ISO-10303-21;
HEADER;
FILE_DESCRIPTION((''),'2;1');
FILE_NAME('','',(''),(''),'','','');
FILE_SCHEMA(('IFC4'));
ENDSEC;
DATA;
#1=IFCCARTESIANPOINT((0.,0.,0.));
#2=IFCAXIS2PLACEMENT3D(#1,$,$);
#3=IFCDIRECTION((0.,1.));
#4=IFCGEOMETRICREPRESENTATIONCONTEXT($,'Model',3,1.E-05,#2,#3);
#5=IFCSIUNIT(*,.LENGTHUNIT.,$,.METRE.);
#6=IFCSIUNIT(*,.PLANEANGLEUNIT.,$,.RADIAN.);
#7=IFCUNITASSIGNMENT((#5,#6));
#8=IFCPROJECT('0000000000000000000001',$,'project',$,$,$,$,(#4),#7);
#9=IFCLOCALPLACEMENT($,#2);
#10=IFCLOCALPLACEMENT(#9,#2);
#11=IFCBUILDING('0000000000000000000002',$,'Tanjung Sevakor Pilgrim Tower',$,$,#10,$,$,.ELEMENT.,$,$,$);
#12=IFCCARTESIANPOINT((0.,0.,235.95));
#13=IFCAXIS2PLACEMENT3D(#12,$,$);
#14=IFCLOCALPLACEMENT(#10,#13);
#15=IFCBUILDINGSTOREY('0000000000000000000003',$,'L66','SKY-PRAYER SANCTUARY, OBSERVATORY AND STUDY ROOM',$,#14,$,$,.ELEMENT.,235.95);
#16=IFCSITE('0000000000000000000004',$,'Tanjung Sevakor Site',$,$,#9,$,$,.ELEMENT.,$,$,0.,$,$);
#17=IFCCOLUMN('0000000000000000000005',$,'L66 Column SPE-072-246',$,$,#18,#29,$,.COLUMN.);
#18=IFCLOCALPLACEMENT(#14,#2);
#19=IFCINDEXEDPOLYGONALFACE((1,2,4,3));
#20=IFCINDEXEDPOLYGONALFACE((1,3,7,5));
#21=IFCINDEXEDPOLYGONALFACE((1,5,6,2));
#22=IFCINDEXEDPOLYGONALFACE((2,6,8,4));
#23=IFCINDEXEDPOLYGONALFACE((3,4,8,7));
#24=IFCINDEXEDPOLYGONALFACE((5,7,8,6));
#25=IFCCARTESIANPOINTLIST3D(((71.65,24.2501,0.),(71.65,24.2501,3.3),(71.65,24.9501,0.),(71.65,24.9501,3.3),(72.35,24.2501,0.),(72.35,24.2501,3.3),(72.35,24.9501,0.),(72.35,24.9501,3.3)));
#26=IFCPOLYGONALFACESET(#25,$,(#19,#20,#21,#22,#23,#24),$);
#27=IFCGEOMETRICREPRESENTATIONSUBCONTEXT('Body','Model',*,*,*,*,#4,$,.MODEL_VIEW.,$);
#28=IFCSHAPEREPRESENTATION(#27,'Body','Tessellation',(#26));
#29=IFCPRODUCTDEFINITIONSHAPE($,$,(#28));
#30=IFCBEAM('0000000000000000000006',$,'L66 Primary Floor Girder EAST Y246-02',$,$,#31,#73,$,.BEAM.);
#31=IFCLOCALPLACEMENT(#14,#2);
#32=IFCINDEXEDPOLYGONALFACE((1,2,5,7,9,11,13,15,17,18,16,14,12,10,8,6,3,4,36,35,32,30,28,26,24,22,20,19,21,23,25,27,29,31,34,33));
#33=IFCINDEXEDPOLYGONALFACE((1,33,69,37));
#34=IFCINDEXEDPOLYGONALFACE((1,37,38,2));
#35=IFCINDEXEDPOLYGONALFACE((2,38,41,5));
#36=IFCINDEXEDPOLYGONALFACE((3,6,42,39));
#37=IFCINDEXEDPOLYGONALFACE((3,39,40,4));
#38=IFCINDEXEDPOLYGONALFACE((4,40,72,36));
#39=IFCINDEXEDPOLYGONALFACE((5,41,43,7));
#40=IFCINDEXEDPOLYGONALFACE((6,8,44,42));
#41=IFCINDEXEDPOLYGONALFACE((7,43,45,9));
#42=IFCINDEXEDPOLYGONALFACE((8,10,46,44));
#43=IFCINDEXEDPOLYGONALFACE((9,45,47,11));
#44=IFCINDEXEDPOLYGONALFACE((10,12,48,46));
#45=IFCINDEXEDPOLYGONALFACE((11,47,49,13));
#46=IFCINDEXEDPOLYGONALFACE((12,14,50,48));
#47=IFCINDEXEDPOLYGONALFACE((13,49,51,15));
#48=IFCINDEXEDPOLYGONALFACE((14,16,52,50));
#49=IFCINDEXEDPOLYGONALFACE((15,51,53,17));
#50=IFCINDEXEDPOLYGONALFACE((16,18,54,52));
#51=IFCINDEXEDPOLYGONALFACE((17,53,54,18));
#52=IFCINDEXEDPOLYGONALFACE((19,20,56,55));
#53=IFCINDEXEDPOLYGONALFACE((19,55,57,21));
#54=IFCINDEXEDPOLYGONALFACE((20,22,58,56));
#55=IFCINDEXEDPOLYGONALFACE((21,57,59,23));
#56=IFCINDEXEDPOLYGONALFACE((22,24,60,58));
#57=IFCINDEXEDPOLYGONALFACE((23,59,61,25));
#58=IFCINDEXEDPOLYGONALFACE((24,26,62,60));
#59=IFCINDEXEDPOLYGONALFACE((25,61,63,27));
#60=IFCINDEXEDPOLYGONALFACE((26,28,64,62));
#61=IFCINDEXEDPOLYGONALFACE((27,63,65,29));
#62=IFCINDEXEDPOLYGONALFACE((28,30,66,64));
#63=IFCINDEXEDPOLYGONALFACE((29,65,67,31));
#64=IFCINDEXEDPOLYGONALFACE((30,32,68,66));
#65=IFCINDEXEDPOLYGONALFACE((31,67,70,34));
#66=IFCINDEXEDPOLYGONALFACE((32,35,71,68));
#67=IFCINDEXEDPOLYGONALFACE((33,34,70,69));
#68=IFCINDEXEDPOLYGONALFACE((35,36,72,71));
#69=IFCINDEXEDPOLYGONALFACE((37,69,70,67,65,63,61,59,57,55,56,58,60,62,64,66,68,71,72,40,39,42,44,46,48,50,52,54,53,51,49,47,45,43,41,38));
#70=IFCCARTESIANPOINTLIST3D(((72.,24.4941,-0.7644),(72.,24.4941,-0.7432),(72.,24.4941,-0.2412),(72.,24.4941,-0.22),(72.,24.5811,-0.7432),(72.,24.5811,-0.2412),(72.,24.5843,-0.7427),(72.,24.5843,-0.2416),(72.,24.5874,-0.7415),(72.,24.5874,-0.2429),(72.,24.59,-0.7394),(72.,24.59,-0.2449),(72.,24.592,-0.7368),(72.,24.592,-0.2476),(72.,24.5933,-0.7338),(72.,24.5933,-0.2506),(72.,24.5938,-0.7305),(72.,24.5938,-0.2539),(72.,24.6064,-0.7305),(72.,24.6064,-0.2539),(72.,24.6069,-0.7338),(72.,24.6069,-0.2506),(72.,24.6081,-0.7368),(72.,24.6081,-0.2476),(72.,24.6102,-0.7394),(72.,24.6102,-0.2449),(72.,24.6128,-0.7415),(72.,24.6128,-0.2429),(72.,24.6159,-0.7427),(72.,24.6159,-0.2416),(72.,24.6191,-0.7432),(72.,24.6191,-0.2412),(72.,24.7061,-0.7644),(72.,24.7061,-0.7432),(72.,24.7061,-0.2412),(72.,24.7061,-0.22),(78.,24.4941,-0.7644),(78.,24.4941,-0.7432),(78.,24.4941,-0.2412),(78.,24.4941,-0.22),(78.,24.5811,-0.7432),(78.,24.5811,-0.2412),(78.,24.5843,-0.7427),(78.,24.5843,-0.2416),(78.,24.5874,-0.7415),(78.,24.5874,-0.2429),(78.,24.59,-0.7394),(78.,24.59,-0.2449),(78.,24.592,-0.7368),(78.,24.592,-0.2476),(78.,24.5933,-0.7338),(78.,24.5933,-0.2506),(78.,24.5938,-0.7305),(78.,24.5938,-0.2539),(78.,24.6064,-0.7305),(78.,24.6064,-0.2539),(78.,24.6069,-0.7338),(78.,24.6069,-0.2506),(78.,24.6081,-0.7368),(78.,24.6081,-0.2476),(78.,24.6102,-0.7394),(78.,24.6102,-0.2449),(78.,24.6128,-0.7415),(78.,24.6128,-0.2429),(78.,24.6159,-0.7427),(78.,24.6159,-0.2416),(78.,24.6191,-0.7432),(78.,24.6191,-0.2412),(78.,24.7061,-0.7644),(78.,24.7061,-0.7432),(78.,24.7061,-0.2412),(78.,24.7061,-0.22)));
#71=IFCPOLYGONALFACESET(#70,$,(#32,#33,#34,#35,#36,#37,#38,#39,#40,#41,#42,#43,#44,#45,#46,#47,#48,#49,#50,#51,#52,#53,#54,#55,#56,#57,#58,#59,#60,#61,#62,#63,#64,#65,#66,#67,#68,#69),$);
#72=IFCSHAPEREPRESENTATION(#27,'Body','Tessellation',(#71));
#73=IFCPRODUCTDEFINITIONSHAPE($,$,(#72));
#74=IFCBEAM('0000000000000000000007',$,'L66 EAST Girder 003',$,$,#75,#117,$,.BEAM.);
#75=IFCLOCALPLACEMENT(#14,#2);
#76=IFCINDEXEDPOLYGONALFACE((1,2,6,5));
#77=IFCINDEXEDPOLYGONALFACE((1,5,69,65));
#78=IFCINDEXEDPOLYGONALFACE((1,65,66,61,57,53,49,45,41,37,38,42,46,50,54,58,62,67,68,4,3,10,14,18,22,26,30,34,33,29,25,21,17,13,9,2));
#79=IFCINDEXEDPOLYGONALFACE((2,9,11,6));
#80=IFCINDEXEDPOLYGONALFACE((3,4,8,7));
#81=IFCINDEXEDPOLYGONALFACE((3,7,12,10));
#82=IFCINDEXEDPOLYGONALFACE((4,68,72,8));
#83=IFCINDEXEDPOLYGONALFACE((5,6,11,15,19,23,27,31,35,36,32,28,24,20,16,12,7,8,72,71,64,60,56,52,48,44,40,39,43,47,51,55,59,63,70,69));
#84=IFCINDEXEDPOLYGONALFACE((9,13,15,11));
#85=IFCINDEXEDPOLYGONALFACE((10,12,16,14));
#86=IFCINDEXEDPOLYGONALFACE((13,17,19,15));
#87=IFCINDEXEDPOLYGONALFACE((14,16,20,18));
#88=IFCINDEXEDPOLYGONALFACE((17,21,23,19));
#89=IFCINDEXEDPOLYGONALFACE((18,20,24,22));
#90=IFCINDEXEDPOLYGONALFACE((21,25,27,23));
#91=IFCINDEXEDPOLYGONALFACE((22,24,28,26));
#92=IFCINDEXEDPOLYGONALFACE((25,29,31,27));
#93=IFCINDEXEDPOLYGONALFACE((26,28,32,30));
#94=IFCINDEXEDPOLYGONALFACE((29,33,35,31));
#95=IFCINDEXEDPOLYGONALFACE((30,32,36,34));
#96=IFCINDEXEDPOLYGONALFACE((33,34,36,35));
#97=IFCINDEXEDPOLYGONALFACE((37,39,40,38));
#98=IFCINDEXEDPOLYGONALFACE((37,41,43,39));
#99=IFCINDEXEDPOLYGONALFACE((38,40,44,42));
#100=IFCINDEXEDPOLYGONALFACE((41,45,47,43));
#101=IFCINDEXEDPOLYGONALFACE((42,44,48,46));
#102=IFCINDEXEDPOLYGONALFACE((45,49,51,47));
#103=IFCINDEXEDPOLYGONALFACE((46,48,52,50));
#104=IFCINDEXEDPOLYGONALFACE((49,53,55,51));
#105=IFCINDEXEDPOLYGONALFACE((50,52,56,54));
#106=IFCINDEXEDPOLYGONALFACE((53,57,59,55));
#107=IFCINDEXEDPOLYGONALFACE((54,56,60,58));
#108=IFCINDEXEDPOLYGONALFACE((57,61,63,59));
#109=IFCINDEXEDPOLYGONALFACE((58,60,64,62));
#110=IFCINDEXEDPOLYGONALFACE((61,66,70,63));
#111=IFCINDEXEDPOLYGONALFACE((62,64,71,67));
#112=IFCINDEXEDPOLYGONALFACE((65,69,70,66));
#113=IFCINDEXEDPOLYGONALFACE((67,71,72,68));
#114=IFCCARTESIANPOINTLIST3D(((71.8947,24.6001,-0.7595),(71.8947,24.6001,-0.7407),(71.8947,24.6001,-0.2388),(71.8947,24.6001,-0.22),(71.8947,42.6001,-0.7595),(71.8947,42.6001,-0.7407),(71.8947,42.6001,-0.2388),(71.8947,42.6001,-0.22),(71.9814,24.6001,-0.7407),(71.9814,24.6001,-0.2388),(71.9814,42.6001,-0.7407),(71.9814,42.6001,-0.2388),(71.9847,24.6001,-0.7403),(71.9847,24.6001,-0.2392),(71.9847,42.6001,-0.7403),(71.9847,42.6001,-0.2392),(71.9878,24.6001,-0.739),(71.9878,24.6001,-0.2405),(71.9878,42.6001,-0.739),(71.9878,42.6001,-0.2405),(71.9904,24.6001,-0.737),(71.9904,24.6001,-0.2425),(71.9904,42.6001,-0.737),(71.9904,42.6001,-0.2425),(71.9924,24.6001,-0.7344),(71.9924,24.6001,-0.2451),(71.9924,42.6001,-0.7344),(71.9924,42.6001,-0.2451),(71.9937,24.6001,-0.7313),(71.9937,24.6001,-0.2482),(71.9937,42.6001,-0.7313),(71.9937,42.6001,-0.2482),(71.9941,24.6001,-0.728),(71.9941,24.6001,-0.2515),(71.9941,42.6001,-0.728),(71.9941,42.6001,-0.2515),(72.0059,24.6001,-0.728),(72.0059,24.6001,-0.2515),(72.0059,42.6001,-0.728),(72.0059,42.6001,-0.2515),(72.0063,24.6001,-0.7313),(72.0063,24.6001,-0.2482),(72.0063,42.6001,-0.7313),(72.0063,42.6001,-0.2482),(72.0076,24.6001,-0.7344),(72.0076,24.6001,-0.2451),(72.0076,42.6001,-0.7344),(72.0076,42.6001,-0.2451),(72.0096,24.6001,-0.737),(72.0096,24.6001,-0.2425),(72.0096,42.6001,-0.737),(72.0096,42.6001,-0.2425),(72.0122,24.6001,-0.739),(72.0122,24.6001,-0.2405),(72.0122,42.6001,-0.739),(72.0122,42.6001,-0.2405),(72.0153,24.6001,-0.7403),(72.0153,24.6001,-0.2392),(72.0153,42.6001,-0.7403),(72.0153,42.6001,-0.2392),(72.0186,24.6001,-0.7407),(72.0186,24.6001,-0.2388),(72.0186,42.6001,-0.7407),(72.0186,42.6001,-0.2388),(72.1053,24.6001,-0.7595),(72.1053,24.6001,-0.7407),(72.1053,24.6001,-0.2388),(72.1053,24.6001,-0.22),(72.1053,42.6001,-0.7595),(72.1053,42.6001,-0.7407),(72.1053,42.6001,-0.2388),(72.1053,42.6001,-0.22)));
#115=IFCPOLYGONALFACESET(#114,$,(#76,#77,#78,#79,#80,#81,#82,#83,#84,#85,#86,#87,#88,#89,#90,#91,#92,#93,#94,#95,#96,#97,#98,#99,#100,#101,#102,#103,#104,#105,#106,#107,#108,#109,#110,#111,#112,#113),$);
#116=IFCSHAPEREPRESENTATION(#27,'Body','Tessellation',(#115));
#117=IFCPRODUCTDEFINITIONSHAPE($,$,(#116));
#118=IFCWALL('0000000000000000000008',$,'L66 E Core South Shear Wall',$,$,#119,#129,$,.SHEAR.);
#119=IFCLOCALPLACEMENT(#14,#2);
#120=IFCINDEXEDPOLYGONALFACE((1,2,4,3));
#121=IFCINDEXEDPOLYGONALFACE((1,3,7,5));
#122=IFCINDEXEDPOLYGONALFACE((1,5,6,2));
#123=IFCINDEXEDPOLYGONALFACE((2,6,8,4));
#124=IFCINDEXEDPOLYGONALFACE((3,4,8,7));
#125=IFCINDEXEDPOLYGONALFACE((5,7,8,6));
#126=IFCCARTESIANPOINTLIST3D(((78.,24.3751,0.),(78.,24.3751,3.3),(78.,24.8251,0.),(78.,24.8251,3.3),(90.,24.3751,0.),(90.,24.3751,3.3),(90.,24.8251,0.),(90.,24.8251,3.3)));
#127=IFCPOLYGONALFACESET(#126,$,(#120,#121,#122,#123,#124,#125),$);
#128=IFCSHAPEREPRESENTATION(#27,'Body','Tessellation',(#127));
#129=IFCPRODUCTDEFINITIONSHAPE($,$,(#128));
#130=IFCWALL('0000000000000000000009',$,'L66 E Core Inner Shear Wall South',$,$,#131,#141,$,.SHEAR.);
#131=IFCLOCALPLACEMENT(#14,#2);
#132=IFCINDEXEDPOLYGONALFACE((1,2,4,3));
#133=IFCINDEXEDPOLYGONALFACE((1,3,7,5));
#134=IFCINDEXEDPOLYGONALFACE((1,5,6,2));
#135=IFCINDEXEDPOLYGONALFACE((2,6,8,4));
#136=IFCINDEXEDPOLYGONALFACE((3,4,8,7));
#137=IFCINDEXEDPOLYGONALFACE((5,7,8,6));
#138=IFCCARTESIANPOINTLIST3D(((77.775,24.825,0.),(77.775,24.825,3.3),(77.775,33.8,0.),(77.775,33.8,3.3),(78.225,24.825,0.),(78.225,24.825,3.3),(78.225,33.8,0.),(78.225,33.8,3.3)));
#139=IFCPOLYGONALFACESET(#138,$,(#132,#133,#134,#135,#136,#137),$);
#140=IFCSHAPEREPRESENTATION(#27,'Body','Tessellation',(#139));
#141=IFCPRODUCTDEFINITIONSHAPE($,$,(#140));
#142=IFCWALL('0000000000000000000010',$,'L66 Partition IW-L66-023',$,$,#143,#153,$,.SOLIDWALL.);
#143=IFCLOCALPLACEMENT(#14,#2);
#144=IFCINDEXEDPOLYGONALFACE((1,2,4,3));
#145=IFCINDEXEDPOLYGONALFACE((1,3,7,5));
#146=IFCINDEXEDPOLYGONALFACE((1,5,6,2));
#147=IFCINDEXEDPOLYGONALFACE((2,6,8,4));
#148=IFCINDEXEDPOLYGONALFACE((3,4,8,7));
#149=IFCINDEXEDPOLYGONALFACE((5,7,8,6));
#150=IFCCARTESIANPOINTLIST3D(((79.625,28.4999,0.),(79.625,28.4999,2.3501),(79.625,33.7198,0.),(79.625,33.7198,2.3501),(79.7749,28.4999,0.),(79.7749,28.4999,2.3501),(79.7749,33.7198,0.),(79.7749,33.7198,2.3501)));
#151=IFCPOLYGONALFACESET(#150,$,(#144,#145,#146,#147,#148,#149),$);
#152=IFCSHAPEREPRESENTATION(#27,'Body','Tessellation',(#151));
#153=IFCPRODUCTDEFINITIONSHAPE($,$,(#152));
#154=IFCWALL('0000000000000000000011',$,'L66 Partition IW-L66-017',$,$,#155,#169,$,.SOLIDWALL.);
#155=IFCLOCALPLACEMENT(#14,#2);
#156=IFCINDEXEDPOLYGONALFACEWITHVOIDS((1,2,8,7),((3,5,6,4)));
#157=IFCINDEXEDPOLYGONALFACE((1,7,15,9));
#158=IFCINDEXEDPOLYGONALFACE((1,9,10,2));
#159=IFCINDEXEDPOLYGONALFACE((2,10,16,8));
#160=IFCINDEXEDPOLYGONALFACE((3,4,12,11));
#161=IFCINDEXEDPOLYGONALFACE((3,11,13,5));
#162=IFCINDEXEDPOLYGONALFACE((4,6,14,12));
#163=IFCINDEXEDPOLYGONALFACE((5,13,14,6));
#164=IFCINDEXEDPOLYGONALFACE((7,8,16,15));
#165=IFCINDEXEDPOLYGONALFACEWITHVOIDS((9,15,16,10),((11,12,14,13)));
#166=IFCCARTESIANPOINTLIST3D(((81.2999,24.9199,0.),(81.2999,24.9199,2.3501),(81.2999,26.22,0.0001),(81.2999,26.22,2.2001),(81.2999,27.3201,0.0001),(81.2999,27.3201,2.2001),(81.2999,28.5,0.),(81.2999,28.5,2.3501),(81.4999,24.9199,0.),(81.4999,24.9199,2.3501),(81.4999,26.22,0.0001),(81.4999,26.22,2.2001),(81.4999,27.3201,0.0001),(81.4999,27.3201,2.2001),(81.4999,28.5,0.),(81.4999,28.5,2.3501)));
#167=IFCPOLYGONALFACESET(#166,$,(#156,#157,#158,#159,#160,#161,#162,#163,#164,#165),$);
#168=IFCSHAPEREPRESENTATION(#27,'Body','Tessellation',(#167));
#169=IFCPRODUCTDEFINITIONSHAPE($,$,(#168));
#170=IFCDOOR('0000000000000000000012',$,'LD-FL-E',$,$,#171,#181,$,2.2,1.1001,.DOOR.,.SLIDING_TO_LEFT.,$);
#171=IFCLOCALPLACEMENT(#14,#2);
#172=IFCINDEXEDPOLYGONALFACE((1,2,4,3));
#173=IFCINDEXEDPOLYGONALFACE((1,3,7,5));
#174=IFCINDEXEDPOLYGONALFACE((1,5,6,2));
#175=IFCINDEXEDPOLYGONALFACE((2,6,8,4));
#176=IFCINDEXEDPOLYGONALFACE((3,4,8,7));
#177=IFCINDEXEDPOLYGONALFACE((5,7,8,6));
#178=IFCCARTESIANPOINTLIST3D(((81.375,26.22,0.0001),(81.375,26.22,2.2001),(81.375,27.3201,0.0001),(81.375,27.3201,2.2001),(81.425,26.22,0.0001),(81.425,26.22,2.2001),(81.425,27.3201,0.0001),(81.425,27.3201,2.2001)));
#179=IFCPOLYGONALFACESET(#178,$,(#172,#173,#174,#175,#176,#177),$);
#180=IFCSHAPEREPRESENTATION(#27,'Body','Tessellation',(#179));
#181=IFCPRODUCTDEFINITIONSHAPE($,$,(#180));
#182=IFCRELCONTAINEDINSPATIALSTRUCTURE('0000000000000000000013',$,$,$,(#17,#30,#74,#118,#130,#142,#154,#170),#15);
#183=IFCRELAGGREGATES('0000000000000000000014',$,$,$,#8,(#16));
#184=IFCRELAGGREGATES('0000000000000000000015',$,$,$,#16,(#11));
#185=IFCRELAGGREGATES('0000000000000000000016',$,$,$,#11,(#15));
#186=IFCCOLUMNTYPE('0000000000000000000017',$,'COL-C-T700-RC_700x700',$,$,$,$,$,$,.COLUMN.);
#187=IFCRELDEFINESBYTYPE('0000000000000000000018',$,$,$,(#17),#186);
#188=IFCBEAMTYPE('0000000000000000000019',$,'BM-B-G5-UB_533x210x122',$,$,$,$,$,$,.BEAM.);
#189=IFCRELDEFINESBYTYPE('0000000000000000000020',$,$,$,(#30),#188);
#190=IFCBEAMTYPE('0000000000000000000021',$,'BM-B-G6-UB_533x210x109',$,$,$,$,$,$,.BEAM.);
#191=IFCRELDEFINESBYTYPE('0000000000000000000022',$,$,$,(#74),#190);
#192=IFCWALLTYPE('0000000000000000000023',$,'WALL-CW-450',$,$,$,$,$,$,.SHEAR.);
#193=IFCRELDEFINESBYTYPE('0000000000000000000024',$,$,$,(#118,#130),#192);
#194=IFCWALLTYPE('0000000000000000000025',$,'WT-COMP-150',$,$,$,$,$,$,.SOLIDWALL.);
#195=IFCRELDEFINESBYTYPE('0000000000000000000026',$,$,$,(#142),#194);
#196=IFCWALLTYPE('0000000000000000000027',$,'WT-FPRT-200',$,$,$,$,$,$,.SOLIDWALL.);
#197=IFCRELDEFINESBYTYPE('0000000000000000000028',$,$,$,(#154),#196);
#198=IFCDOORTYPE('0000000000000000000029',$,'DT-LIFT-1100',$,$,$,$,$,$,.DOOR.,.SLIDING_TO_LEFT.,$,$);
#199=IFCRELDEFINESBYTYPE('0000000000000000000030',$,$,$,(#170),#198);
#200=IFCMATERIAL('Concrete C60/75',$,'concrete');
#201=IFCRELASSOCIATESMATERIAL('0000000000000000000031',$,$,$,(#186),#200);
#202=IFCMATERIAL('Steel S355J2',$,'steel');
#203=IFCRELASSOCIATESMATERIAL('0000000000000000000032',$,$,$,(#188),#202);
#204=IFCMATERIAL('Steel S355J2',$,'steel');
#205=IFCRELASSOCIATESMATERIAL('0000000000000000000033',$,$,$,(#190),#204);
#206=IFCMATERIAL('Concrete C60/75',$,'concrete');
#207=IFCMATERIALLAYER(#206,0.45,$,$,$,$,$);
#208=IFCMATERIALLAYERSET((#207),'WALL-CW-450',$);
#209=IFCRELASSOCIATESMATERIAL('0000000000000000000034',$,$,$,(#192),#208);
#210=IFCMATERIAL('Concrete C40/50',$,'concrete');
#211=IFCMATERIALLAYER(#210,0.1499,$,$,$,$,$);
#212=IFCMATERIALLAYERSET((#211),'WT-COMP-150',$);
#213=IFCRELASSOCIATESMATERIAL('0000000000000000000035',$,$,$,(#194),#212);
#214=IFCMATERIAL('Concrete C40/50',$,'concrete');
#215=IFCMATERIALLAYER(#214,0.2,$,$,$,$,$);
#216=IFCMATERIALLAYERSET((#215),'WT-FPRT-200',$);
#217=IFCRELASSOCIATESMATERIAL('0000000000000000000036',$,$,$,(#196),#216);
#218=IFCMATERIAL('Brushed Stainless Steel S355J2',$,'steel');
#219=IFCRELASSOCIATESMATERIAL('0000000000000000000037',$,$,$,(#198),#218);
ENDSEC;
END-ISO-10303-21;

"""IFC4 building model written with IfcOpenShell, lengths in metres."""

from ifc_helpers import new_model, si_unit, direction, frame, frame_2d, origin, origin_2d, place, context, subcontext, project, spatial, rectangle, i_section, extrude, material, layer, layer_set, material_profile, profile_set, type_object, element, fill, save


model = new_model("IFC4")

# Units and contexts
model_context = context("Model", 3, precision=1e-05, world=origin(), true_north=direction((0.0, 1.0)))
body_context = subcontext(model_context, "Body", "Model", "MODEL_VIEW")
ifc_project = project(units=[si_unit("LENGTHUNIT", "METRE"), si_unit("PLANEANGLEUNIT", "RADIAN")], contexts=[model_context])

# Site, building, storey
site_placement = place(None, origin())
site = spatial("IfcSite", under=ifc_project, at=site_placement, Name="Tanjung Sevakor Site", CompositionType="ELEMENT", RefElevation=0.0)
building_placement = place(site_placement, origin())
building = spatial("IfcBuilding", under=site, at=building_placement, Name="Tanjung Sevakor Pilgrim Tower", CompositionType="ELEMENT")
storey_placement = place(building_placement, frame((0.0, 0.0, 235.95)))
storey = spatial("IfcBuildingStorey", under=building, at=storey_placement, Name="L66", Description="SKY-PRAYER SANCTUARY, OBSERVATORY AND STUDY ROOM", CompositionType="ELEMENT", Elevation=235.95)

# Column
ifc_material_1 = material(Name="Concrete C60/75", Category="concrete")
ifc_material_profile_1 = material_profile(ifc_material_1, rectangle(XDim=0.7, YDim=0.7, at=origin_2d()))
ifc_profile_set_1 = profile_set([ifc_material_profile_1], Name="Concrete C60/75")
column_type = type_object("IfcColumnType", Name="COL-C-T700-RC_700x700", PredefinedType="COLUMN", material=ifc_profile_set_1)
column_placement = place(storey_placement, frame((72.0, 24.6001, 0.0), z_axis=(0.0, 0.0, 1.0), x_axis=(1.0, 0.0, 0.0)))
element("IfcColumn", 1, at=column_placement, inside=storey, type_object=column_type, Name="L66 Column SPE-072-246", PredefinedType="COLUMN", context=body_context, shape_type="SweptSolid", body=[
    extrude(rectangle(XDim=0.7, YDim=0.7, at=origin_2d()), origin(), (0.0, 0.0, 1.0), 3.3),
])

# Beams
ifc_material_2 = material(Name="Steel S355J2", Category="steel")
ifc_material_profile_2 = material_profile(ifc_material_2, i_section(OverallWidth=0.2119, OverallDepth=0.5444, WebThickness=0.0127, FlangeThickness=0.0212, FilletRadius=0.0127, at=origin_2d()))
ifc_profile_set_2 = profile_set([ifc_material_profile_2], Name="Steel S355J2")
beam_type_1 = type_object("IfcBeamType", Name="BM-B-G5-UB_533x210x122", PredefinedType="BEAM", material=ifc_profile_set_2)
beam_1_placement = place(storey_placement, frame((72.0, 24.6001, -0.4922), z_axis=(1.0, 0.0, 0.0), x_axis=(0.0, 1.0, 0.0)))
element("IfcBeam", 2, at=beam_1_placement, inside=storey, type_object=beam_type_1, Name="L66 Primary Floor Girder EAST Y246-02", PredefinedType="BEAM", context=body_context, shape_type="SweptSolid", body=[
    extrude(i_section(OverallWidth=0.2119, OverallDepth=0.5444, WebThickness=0.0127, FlangeThickness=0.0212, FilletRadius=0.0127, at=origin_2d()), origin(), (0.0, 0.0, 1.0), 6.0),
])
ifc_material_3 = material(Name="Steel S355J2", Category="steel")
ifc_material_profile_3 = material_profile(ifc_material_3, i_section(OverallWidth=0.2107, OverallDepth=0.5396, WebThickness=0.0117, FlangeThickness=0.0188, FilletRadius=0.0127, at=origin_2d()))
ifc_profile_set_3 = profile_set([ifc_material_profile_3], Name="Steel S355J2")
beam_type_2 = type_object("IfcBeamType", Name="BM-B-G6-UB_533x210x109", PredefinedType="BEAM", material=ifc_profile_set_3)
beam_2_placement = place(storey_placement, frame((72.0, 24.6001, -0.4897), z_axis=(0.0, 1.0, 0.0), x_axis=(-1.0, 0.0, 0.0)))
element("IfcBeam", 3, at=beam_2_placement, inside=storey, type_object=beam_type_2, Name="L66 EAST Girder 003", PredefinedType="BEAM", context=body_context, shape_type="SweptSolid", body=[
    extrude(i_section(OverallWidth=0.2107, OverallDepth=0.5396, WebThickness=0.0117, FlangeThickness=0.0188, FilletRadius=0.0127, at=origin_2d()), origin(), (0.0, 0.0, 1.0), 18.0),
])

# Walls
ifc_material_4 = material(Name="Concrete C60/75", Category="concrete")
ifc_layer_1 = layer(ifc_material_4, 0.45)
ifc_layer_set_1 = layer_set([ifc_layer_1], Name="WALL-CW-450")
wall_type_1 = type_object("IfcWallType", Name="WALL-CW-450", PredefinedType="SHEAR", material=ifc_layer_set_1)
wall_1_placement = place(storey_placement, frame((78.0, 24.6001, 0.0), z_axis=(0.0, 0.0, 1.0), x_axis=(1.0, 0.0, 0.0)))
element("IfcWall", 4, at=wall_1_placement, inside=storey, type_object=wall_type_1, Name="L66 E Core South Shear Wall", PredefinedType="SHEAR", context=body_context, shape_type="SweptSolid", body=[
    extrude(rectangle(XDim=12.0, YDim=0.45, at=frame_2d((6.0, 0.0))), origin(), (0.0, 0.0, 1.0), 3.3),
])
wall_2_placement = place(storey_placement, frame((78.0, 24.825, 0.0), z_axis=(0.0, 0.0, 1.0), x_axis=(0.0, 1.0, 0.0)))
element("IfcWall", 5, at=wall_2_placement, inside=storey, type_object=wall_type_1, Name="L66 E Core Inner Shear Wall South", PredefinedType="SHEAR", context=body_context, shape_type="SweptSolid", body=[
    extrude(rectangle(XDim=8.9751, YDim=0.45, at=frame_2d((4.4875, 0.0))), origin(), (0.0, 0.0, 1.0), 3.3),
])

# Shared definitions
ifc_material_5 = material(Name="Concrete C40/50", Category="concrete")
ifc_layer_2 = layer(ifc_material_5, 0.1499)
ifc_layer_set_2 = layer_set([ifc_layer_2], Name="WT-COMP-150")
wall_type_2 = type_object("IfcWallType", Name="WT-COMP-150", PredefinedType="SOLIDWALL", material=ifc_layer_set_2)

# Wall
wall_3_placement = place(storey_placement, frame((79.7, 28.5, 0.0), z_axis=(0.0, 0.0, 1.0), x_axis=(0.0, 1.0, 0.0)))
element("IfcWall", 6, at=wall_3_placement, inside=storey, type_object=wall_type_2, Name="L66 Partition IW-L66-023", PredefinedType="SOLIDWALL", context=body_context, shape_type="SweptSolid", body=[
    extrude(rectangle(XDim=5.22, YDim=0.1499, at=frame_2d((2.6099, 0.0))), origin(), (0.0, 0.0, 1.0), 2.3501),
])

# Wall, opening, door
ifc_material_6 = material(Name="Concrete C40/50", Category="concrete")
ifc_layer_3 = layer(ifc_material_6, 0.2)
ifc_layer_set_3 = layer_set([ifc_layer_3], Name="WT-FPRT-200")
wall_type_3 = type_object("IfcWallType", Name="WT-FPRT-200", PredefinedType="SOLIDWALL", material=ifc_layer_set_3)
wall_4_placement = place(storey_placement, frame((81.3999, 24.9199, 0.0), z_axis=(0.0, 0.0, 1.0), x_axis=(0.0, 1.0, 0.0)))
wall_4 = element("IfcWall", 7, at=wall_4_placement, inside=storey, type_object=wall_type_3, Name="L66 Partition IW-L66-017", PredefinedType="SOLIDWALL", context=body_context, shape_type="SweptSolid", body=[
    extrude(rectangle(XDim=3.5801, YDim=0.2, at=frame_2d((1.79, 0.0))), origin(), (0.0, 0.0, 1.0), 2.3501),
])
opening_1_placement = place(wall_4_placement, frame((1.3, 0.0, 0.0)))
opening_1 = element("IfcOpeningElement", 8, at=opening_1_placement, cuts=wall_4, PredefinedType="OPENING", context=body_context, shape_type="SweptSolid", body=[
    extrude(rectangle(XDim=1.1001, YDim=2.2, at=frame_2d((0.55, 1.1001))), frame((0.0, 0.1099, 0.0), z_axis=(0.0, -1.0, 0.0), x_axis=(1.0, 0.0, 0.0)), (0.0, 0.0, 1.0), 0.22),
])
ifc_material_7 = material(Name="Brushed Stainless Steel S355J2", Category="steel")
door_type_1 = type_object("IfcDoorType", Name="DT-LIFT-1100", OperationType="SLIDING_TO_LEFT", PredefinedType="DOOR", material=ifc_material_7)
door_1_placement = place(opening_1_placement, origin())
door_1 = element("IfcDoor", 9, at=door_1_placement, inside=storey, type_object=door_type_1, Name="LD-FL-E", OperationType="SLIDING_TO_LEFT", OverallHeight=2.2, OverallWidth=1.1001, PredefinedType="DOOR", context=body_context, shape_type="SweptSolid", body=[
    extrude(rectangle(XDim=1.1001, YDim=2.2, at=frame_2d((0.55, 1.1001))), frame((0.0, 0.0249, 0.0), z_axis=(0.0, -1.0, 0.0), x_axis=(1.0, 0.0, 0.0)), (0.0, 0.0, 1.0), 0.05),
])
fill(opening_1, door_1)

save(model, "model.ifc")
